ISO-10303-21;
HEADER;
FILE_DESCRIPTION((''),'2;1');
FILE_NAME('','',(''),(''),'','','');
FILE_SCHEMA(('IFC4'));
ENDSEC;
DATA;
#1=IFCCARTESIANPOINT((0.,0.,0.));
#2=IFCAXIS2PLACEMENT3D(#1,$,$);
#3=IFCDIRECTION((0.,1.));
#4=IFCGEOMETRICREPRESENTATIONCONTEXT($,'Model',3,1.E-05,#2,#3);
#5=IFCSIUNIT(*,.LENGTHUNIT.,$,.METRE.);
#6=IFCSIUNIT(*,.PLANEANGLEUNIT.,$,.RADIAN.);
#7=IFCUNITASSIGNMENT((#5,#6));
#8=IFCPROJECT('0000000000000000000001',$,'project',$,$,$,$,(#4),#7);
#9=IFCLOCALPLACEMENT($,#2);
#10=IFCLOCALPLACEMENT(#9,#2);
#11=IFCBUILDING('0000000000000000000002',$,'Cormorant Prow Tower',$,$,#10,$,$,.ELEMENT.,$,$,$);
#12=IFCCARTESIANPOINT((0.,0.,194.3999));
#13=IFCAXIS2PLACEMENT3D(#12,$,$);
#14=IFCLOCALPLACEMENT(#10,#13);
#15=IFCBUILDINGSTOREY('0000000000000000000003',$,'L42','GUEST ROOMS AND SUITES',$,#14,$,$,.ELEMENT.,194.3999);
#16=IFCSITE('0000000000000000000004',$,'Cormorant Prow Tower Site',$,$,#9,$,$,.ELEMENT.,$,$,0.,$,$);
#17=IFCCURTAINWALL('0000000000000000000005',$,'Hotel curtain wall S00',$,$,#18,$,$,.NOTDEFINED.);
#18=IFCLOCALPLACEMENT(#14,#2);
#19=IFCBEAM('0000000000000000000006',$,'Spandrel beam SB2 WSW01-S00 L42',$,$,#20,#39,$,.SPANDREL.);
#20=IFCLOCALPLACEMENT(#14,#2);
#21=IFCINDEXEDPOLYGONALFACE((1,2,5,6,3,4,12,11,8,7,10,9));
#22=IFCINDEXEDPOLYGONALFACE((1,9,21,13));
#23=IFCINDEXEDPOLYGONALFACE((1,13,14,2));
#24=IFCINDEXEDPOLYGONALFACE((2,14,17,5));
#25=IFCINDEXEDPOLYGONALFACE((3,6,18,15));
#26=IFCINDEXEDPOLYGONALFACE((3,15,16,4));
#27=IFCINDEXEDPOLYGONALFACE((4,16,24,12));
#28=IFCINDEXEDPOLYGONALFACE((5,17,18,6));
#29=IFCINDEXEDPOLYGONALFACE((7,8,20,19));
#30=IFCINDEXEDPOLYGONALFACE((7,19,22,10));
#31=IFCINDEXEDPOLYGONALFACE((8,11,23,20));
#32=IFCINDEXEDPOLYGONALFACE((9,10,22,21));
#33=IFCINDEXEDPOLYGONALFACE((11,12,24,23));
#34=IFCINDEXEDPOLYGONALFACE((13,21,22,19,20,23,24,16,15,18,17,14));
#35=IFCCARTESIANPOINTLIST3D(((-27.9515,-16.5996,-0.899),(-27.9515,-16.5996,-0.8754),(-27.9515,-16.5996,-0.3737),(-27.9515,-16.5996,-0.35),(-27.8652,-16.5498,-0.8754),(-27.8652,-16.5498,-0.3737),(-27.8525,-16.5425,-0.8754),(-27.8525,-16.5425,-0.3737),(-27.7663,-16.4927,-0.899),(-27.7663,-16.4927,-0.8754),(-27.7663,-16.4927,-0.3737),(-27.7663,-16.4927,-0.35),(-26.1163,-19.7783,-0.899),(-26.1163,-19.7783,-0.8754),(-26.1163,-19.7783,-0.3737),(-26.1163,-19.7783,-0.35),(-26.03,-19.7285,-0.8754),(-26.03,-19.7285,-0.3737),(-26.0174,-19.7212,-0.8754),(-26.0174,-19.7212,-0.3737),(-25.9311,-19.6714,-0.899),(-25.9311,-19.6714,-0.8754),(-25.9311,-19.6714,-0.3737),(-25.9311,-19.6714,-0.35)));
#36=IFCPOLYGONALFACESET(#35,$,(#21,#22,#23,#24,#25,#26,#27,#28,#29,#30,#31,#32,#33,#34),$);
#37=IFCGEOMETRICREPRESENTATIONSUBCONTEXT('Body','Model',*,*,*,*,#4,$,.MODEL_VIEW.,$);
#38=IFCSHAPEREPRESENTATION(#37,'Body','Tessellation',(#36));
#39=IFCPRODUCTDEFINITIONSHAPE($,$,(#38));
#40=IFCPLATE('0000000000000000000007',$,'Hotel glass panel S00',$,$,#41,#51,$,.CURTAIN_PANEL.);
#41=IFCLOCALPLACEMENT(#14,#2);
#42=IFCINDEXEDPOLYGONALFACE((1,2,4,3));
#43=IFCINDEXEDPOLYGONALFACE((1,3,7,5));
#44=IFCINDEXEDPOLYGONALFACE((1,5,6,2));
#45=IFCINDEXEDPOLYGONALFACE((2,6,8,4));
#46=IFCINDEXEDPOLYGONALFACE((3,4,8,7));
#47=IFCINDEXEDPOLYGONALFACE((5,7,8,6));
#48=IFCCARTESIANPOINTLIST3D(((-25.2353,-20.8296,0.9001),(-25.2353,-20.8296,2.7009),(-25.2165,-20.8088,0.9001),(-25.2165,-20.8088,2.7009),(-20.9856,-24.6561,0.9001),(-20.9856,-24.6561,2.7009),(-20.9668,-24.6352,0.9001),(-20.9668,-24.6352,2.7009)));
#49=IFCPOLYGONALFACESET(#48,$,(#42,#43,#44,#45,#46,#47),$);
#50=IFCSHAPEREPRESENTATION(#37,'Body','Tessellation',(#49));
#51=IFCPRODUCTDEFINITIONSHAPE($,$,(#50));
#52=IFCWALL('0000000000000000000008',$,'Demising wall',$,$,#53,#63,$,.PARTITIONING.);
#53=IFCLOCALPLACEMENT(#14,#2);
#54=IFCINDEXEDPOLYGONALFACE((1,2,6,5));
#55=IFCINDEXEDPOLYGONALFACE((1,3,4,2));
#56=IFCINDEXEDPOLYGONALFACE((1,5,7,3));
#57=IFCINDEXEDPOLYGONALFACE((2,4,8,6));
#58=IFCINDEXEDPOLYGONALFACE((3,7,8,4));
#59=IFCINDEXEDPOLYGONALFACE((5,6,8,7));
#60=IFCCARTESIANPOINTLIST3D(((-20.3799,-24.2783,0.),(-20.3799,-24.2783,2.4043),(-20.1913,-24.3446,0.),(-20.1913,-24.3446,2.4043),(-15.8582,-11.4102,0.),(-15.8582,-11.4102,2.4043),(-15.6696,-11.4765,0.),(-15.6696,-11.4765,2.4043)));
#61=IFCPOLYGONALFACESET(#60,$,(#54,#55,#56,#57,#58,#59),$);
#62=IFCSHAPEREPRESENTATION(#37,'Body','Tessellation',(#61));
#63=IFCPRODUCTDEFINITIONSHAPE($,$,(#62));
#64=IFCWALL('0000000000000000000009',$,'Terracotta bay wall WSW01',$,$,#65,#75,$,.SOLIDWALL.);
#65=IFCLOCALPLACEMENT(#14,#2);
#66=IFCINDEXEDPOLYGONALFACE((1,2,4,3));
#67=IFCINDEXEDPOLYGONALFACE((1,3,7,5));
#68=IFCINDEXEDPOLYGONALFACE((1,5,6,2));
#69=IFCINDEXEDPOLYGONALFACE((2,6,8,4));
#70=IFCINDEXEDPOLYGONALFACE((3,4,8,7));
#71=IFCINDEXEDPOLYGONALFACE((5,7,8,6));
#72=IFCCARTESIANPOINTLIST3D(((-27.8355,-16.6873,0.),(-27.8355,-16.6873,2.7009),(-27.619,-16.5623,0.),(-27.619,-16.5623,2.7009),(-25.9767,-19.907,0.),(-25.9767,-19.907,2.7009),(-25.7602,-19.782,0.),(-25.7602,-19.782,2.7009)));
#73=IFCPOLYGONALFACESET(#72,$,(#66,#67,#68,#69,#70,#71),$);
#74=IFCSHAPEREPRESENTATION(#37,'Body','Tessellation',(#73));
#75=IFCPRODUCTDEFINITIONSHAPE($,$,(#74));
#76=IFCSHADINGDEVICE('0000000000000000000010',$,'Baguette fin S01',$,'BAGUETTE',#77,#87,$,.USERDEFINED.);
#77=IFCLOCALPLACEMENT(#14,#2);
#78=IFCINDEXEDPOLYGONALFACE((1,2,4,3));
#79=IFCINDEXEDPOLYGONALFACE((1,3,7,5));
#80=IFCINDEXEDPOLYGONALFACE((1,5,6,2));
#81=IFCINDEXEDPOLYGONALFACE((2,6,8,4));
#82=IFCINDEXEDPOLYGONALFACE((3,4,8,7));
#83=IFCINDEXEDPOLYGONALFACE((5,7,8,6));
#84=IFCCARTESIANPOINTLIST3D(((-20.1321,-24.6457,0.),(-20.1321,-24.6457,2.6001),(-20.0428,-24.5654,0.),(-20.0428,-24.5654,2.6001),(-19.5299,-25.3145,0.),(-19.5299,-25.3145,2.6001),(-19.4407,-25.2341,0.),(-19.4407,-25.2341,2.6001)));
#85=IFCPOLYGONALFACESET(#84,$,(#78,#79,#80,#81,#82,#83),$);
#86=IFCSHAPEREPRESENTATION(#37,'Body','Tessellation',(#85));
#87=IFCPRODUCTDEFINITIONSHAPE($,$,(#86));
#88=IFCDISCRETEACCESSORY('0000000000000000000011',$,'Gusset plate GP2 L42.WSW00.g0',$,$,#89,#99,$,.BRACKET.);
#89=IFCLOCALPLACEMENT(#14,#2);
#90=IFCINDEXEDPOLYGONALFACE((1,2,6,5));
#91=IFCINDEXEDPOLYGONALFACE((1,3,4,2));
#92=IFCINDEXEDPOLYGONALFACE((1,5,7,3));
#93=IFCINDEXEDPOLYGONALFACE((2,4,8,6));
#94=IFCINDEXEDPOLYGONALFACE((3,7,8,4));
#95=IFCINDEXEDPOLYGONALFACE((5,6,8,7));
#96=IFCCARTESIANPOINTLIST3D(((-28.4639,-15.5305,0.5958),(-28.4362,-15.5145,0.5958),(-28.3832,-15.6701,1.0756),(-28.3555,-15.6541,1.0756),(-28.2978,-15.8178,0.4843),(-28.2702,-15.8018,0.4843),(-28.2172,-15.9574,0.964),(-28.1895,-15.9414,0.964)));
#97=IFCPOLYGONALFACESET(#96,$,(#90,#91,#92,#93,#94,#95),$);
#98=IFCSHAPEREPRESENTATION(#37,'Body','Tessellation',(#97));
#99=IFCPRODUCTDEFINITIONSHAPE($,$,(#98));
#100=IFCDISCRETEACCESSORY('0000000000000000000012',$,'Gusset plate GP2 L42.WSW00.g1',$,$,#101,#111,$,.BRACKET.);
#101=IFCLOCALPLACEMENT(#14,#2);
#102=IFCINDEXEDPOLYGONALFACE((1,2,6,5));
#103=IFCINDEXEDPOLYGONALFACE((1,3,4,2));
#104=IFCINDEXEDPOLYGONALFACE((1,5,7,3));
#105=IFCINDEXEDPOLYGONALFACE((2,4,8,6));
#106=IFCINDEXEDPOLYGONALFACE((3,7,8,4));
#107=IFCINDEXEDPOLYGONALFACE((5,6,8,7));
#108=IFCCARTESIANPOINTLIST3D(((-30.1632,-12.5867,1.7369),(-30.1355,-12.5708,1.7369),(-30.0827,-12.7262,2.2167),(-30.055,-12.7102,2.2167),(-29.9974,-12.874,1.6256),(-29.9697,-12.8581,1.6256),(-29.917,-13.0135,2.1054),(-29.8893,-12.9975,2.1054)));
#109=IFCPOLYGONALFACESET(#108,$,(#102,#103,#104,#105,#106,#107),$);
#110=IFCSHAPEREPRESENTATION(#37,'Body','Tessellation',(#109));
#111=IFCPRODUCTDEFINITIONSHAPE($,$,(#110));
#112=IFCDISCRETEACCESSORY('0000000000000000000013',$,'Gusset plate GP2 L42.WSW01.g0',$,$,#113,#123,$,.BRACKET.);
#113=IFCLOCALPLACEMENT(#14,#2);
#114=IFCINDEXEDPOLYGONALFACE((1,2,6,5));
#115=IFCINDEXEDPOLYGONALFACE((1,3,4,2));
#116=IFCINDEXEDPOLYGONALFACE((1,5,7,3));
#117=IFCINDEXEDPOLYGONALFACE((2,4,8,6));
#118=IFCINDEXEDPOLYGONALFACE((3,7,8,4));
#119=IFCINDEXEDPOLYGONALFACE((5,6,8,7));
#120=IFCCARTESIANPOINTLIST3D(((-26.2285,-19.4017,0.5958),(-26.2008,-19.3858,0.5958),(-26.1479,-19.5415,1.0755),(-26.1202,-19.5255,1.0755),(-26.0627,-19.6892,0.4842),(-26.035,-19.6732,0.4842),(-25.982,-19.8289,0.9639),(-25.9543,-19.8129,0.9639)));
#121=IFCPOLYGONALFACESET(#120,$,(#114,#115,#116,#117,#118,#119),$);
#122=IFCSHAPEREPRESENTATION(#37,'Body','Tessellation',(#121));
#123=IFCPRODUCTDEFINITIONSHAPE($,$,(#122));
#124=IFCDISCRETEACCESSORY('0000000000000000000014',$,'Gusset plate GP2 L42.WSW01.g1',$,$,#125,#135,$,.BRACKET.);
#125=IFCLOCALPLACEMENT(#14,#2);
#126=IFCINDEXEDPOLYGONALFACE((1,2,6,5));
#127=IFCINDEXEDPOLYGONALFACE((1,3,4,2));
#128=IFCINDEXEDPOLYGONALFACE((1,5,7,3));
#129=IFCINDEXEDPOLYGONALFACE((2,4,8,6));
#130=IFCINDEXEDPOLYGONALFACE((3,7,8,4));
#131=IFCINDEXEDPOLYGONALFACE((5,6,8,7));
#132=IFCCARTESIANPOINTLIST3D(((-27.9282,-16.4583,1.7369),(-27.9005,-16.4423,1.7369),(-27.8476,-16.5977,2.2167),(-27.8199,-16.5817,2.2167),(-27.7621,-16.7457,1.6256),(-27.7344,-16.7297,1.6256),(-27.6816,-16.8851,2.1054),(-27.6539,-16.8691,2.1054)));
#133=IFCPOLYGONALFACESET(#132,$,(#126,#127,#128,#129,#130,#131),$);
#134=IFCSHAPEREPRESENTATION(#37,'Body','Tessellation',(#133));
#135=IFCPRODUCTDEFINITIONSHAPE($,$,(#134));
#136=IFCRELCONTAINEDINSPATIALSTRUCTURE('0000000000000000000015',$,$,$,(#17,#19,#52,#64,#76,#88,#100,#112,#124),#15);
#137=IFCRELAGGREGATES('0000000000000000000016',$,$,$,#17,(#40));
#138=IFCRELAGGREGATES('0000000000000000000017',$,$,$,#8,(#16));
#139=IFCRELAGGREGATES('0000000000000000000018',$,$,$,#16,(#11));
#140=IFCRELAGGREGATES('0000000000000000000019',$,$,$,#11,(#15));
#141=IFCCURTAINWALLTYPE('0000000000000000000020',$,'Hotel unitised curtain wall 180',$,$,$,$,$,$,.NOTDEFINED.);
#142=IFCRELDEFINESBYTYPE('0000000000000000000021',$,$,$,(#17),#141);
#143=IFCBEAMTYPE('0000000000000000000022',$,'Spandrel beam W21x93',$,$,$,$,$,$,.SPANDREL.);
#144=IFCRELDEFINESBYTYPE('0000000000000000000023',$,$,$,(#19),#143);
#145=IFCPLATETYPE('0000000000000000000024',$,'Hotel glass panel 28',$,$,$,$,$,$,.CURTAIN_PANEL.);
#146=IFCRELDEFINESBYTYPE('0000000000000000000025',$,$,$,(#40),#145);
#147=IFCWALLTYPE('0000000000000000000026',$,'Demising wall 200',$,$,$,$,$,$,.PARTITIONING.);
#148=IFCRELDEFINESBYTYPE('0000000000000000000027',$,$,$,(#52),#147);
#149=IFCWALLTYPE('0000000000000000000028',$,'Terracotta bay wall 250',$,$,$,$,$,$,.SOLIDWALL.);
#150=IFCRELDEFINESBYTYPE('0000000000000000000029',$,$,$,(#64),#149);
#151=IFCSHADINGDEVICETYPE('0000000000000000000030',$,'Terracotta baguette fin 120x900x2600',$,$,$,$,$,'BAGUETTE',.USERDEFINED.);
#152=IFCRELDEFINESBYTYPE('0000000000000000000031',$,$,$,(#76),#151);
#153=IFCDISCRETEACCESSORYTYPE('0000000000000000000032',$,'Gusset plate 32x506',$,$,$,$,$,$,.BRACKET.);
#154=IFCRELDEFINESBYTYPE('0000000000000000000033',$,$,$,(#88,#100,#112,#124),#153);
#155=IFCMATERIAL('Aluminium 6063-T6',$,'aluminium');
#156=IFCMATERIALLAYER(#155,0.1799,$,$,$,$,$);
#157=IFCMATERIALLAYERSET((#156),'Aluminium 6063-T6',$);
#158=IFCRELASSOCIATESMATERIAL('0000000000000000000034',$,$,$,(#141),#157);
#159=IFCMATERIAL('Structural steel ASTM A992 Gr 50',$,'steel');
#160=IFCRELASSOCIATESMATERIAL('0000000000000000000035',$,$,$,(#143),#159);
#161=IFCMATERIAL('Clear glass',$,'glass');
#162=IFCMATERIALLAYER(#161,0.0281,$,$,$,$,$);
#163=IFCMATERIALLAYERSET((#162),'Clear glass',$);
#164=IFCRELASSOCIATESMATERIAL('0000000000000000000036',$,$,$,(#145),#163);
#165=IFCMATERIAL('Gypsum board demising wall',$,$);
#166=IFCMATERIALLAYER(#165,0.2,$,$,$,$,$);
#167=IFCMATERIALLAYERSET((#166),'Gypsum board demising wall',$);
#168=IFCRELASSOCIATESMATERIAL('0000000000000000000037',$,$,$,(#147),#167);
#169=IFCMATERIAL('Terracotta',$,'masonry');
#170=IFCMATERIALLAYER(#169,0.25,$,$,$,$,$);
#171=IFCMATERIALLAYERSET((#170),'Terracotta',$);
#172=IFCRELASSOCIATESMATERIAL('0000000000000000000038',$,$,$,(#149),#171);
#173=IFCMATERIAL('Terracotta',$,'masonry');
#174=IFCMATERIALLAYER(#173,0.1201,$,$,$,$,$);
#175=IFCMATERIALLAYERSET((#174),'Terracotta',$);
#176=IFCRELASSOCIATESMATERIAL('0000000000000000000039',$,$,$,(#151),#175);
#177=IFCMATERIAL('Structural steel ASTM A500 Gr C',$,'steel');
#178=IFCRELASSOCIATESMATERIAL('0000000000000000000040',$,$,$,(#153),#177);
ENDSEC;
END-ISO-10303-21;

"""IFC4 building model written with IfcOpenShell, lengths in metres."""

from ifc_helpers import new_model, si_unit, direction, frame, frame_2d, origin, origin_2d, place, context, subcontext, project, spatial, rectangle, i_section, extrude, material, layer, layer_set, material_profile, profile_set, type_object, element, aggregate, save


model = new_model("IFC4")

# Units and contexts
model_context = context("Model", 3, precision=1e-05, world=origin(), true_north=direction((0.0, 1.0)))
body_context = subcontext(model_context, "Body", "Model", "MODEL_VIEW")
ifc_project = project(units=[si_unit("LENGTHUNIT", "METRE"), si_unit("PLANEANGLEUNIT", "RADIAN")], contexts=[model_context])

# Site, building, storey
site_placement = place(None, origin())
site = spatial("IfcSite", under=ifc_project, at=site_placement, Name="Cormorant Prow Tower Site", CompositionType="ELEMENT", RefElevation=0.0)
building_placement = place(site_placement, origin())
building = spatial("IfcBuilding", under=site, at=building_placement, Name="Cormorant Prow Tower", CompositionType="ELEMENT")
storey_placement = place(building_placement, frame((0.0, 0.0, 194.3999)))
storey = spatial("IfcBuildingStorey", under=building, at=storey_placement, Name="L42", Description="GUEST ROOMS AND SUITES", CompositionType="ELEMENT", Elevation=194.3999)

# Curtain wall
ifc_material_1 = material(Name="Aluminium 6063-T6", Category="aluminium")
ifc_layer_1 = layer(ifc_material_1, 0.1799)
ifc_layer_set_1 = layer_set([ifc_layer_1], Name="Aluminium 6063-T6")
curtain_wall_type = type_object("IfcCurtainWallType", Name="Hotel unitised curtain wall 180", PredefinedType="NOTDEFINED", material=ifc_layer_set_1)
curtain_wall_placement = place(storey_placement, origin())
curtain_wall = element("IfcCurtainWall", 1, at=curtain_wall_placement, inside=storey, type_object=curtain_wall_type, Name="Hotel curtain wall S00", PredefinedType="NOTDEFINED")

# Beam
ifc_material_2 = material(Name="Structural steel ASTM A992 Gr 50", Category="steel")
ifc_material_profile_1 = material_profile(ifc_material_2, i_section(OverallWidth=0.2139, OverallDepth=0.5491, WebThickness=0.0146, FlangeThickness=0.0237, at=origin_2d()), Name="W21x93")
ifc_profile_set_1 = profile_set([ifc_material_profile_1], Name="Structural steel ASTM A992 Gr 50")
beam_type = type_object("IfcBeamType", Name="Spandrel beam W21x93", PredefinedType="SPANDREL", material=ifc_profile_set_1)
for number, where, z_axis, x_axis, name in (
    (2, (-27.8589, -16.5461, -0.6245), (0.499995, -0.866028, 0.0), (0.866028, 0.499995, 0.0), "Spandrel beam SB2 WSW01-S00 L42"),
):
    element("IfcBeam", number, at=place(storey_placement, frame(where, z_axis=z_axis, x_axis=x_axis)), inside=storey, type_object=beam_type, Name=name, PredefinedType="SPANDREL", context=body_context, shape_type="SweptSolid", body=[
        extrude(i_section(OverallWidth=0.2139, OverallDepth=0.5491, WebThickness=0.0146, FlangeThickness=0.0237, at=origin_2d()), origin(), (0.0, 0.0, 1.0), 3.6704),
    ])

# Plate
ifc_material_3 = material(Name="Clear glass", Category="glass")
ifc_layer_2 = layer(ifc_material_3, 0.0281)
ifc_layer_set_2 = layer_set([ifc_layer_2], Name="Clear glass")
plate_type = type_object("IfcPlateType", Name="Hotel glass panel 28", PredefinedType="CURTAIN_PANEL", material=ifc_layer_set_2)
plate_placement = place(storey_placement, frame((-23.1011, -22.7324, 0.9001), z_axis=(0.0, 0.0, 1.0), x_axis=(0.743145, -0.669131, 0.0)))
plate = element("IfcPlate", 3, at=plate_placement, type_object=plate_type, Name="Hotel glass panel S00", PredefinedType="CURTAIN_PANEL", context=body_context, shape_type="SweptSolid", body=[
    extrude(rectangle(XDim=5.7185, YDim=0.0281, at=origin_2d()), origin(), (0.0, 0.0, 1.0), 1.8008),
])
aggregate(curtain_wall, [plate])

# Walls
ifc_material_4 = material(Name="Gypsum board demising wall")
ifc_layer_3 = layer(ifc_material_4, 0.2)
ifc_layer_set_3 = layer_set([ifc_layer_3], Name="Gypsum board demising wall")
wall_type_1 = type_object("IfcWallType", Name="Demising wall 200", PredefinedType="PARTITIONING", material=ifc_layer_set_3)
wall_1_placement = place(storey_placement, frame((-20.2856, -24.3115, 0.0), z_axis=(0.0, 0.0, 1.0), x_axis=(0.331517, 0.943449, 0.0)))
element("IfcWall", 4, at=wall_1_placement, inside=storey, type_object=wall_type_1, Name="Demising wall", PredefinedType="PARTITIONING", context=body_context, shape_type="SweptSolid", body=[
    extrude(rectangle(XDim=13.6394, YDim=0.2, at=frame_2d((6.8198, 0.0))), origin(), (0.0, 0.0, 1.0), 2.4043),
])
ifc_material_5 = material(Name="Terracotta", Category="masonry")
ifc_layer_4 = layer(ifc_material_5, 0.25)
ifc_layer_set_4 = layer_set([ifc_layer_4], Name="Terracotta")
wall_type_2 = type_object("IfcWallType", Name="Terracotta bay wall 250", PredefinedType="SOLIDWALL", material=ifc_layer_set_4)
wall_2_placement = place(storey_placement, frame((-27.7273, -16.6248, 0.0), z_axis=(0.0, 0.0, 1.0), x_axis=(0.499995, -0.866028, 0.0)))
element("IfcWall", 5, at=wall_2_placement, inside=storey, type_object=wall_type_2, Name="Terracotta bay wall WSW01", PredefinedType="SOLIDWALL", context=body_context, shape_type="SweptSolid", body=[
    extrude(rectangle(XDim=3.7178, YDim=0.25, at=frame_2d((1.8589, 0.0))), origin(), (0.0, 0.0, 1.0), 2.7009),
])

# Shading device
ifc_material_6 = material(Name="Terracotta", Category="masonry")
ifc_layer_5 = layer(ifc_material_6, 0.1201)
ifc_layer_set_5 = layer_set([ifc_layer_5], Name="Terracotta")
shading_device_type = type_object("IfcShadingDeviceType", Name="Terracotta baguette fin 120x900x2600", ElementType="BAGUETTE", PredefinedType="USERDEFINED", material=ifc_layer_set_5)
shading_device_placement = place(storey_placement, frame((-19.7864, -24.9399, 0.0), z_axis=(0.0, 0.0, 1.0), x_axis=(0.743145, 0.669131, 0.0)))
element("IfcShadingDevice", 6, at=shading_device_placement, inside=storey, type_object=shading_device_type, Name="Baguette fin S01", ObjectType="BAGUETTE", PredefinedType="USERDEFINED", context=body_context, shape_type="SweptSolid", body=[
    extrude(rectangle(XDim=0.1201, YDim=0.8999, at=origin_2d()), origin(), (0.0, 0.0, 1.0), 2.6001),
])

# Discrete accessories
ifc_material_7 = material(Name="Structural steel ASTM A500 Gr C", Category="steel")
ifc_material_profile_2 = material_profile(ifc_material_7, rectangle(XDim=0.032, YDim=0.5061, at=origin_2d()), Name="Gusset plate 32x506")
ifc_profile_set_2 = profile_set([ifc_material_profile_2], Name="Structural steel ASTM A500 Gr C")
discrete_accessory_type = type_object("IfcDiscreteAccessoryType", Name="Gusset plate 32x506", PredefinedType="BRACKET", material=ifc_profile_set_2)
discrete_accessory_1_placement = place(storey_placement, frame((-28.4097, -15.5923, 0.8357), z_axis=(0.474172, -0.820737, -0.318672), x_axis=(0.865879, 0.500253, 0.0)))
element("IfcDiscreteAccessory", 7, at=discrete_accessory_1_placement, inside=storey, type_object=discrete_accessory_type, Name="Gusset plate GP2 L42.WSW00.g0", PredefinedType="BRACKET", context=body_context, shape_type="SweptSolid", body=[
    extrude(rectangle(XDim=0.032, YDim=0.5061, at=origin_2d()), origin(), (0.0, 0.0, 1.0), 0.3501),
])
discrete_accessory_2_placement = place(storey_placement, frame((-29.9434, -12.9358, 1.8655), z_axis=(-0.473737, 0.82119, 0.31815), x_axis=(-0.866198, -0.499701, 0.0)))
element("IfcDiscreteAccessory", 8, at=discrete_accessory_2_placement, inside=storey, type_object=discrete_accessory_type, Name="Gusset plate GP2 L42.WSW00.g1", PredefinedType="BRACKET", context=body_context, shape_type="SweptSolid", body=[
    extrude(rectangle(XDim=0.032, YDim=0.5061, at=origin_2d()), origin(), (0.0, 0.0, 1.0), 0.3499),
])
for number, where, z_axis, x_axis, name in (
    (9, (-26.1743, -19.4636, 0.8357), (0.473632, -0.821008, -0.318777), (0.866198, 0.499701, 0.0), "Gusset plate GP2 L42.WSW01.g0"),
    (10, (-27.708, -16.8074, 1.8655), (-0.474278, 0.820919, 0.318045), (-0.865879, -0.500253, 0.0), "Gusset plate GP2 L42.WSW01.g1"),
):
    element("IfcDiscreteAccessory", number, at=place(storey_placement, frame(where, z_axis=z_axis, x_axis=x_axis)), inside=storey, type_object=discrete_accessory_type, Name=name, PredefinedType="BRACKET", context=body_context, shape_type="SweptSolid", body=[
        extrude(rectangle(XDim=0.032, YDim=0.5061, at=origin_2d()), origin(), (0.0, 0.0, 1.0), 0.3501),
    ])

save(model, "model.ifc")
